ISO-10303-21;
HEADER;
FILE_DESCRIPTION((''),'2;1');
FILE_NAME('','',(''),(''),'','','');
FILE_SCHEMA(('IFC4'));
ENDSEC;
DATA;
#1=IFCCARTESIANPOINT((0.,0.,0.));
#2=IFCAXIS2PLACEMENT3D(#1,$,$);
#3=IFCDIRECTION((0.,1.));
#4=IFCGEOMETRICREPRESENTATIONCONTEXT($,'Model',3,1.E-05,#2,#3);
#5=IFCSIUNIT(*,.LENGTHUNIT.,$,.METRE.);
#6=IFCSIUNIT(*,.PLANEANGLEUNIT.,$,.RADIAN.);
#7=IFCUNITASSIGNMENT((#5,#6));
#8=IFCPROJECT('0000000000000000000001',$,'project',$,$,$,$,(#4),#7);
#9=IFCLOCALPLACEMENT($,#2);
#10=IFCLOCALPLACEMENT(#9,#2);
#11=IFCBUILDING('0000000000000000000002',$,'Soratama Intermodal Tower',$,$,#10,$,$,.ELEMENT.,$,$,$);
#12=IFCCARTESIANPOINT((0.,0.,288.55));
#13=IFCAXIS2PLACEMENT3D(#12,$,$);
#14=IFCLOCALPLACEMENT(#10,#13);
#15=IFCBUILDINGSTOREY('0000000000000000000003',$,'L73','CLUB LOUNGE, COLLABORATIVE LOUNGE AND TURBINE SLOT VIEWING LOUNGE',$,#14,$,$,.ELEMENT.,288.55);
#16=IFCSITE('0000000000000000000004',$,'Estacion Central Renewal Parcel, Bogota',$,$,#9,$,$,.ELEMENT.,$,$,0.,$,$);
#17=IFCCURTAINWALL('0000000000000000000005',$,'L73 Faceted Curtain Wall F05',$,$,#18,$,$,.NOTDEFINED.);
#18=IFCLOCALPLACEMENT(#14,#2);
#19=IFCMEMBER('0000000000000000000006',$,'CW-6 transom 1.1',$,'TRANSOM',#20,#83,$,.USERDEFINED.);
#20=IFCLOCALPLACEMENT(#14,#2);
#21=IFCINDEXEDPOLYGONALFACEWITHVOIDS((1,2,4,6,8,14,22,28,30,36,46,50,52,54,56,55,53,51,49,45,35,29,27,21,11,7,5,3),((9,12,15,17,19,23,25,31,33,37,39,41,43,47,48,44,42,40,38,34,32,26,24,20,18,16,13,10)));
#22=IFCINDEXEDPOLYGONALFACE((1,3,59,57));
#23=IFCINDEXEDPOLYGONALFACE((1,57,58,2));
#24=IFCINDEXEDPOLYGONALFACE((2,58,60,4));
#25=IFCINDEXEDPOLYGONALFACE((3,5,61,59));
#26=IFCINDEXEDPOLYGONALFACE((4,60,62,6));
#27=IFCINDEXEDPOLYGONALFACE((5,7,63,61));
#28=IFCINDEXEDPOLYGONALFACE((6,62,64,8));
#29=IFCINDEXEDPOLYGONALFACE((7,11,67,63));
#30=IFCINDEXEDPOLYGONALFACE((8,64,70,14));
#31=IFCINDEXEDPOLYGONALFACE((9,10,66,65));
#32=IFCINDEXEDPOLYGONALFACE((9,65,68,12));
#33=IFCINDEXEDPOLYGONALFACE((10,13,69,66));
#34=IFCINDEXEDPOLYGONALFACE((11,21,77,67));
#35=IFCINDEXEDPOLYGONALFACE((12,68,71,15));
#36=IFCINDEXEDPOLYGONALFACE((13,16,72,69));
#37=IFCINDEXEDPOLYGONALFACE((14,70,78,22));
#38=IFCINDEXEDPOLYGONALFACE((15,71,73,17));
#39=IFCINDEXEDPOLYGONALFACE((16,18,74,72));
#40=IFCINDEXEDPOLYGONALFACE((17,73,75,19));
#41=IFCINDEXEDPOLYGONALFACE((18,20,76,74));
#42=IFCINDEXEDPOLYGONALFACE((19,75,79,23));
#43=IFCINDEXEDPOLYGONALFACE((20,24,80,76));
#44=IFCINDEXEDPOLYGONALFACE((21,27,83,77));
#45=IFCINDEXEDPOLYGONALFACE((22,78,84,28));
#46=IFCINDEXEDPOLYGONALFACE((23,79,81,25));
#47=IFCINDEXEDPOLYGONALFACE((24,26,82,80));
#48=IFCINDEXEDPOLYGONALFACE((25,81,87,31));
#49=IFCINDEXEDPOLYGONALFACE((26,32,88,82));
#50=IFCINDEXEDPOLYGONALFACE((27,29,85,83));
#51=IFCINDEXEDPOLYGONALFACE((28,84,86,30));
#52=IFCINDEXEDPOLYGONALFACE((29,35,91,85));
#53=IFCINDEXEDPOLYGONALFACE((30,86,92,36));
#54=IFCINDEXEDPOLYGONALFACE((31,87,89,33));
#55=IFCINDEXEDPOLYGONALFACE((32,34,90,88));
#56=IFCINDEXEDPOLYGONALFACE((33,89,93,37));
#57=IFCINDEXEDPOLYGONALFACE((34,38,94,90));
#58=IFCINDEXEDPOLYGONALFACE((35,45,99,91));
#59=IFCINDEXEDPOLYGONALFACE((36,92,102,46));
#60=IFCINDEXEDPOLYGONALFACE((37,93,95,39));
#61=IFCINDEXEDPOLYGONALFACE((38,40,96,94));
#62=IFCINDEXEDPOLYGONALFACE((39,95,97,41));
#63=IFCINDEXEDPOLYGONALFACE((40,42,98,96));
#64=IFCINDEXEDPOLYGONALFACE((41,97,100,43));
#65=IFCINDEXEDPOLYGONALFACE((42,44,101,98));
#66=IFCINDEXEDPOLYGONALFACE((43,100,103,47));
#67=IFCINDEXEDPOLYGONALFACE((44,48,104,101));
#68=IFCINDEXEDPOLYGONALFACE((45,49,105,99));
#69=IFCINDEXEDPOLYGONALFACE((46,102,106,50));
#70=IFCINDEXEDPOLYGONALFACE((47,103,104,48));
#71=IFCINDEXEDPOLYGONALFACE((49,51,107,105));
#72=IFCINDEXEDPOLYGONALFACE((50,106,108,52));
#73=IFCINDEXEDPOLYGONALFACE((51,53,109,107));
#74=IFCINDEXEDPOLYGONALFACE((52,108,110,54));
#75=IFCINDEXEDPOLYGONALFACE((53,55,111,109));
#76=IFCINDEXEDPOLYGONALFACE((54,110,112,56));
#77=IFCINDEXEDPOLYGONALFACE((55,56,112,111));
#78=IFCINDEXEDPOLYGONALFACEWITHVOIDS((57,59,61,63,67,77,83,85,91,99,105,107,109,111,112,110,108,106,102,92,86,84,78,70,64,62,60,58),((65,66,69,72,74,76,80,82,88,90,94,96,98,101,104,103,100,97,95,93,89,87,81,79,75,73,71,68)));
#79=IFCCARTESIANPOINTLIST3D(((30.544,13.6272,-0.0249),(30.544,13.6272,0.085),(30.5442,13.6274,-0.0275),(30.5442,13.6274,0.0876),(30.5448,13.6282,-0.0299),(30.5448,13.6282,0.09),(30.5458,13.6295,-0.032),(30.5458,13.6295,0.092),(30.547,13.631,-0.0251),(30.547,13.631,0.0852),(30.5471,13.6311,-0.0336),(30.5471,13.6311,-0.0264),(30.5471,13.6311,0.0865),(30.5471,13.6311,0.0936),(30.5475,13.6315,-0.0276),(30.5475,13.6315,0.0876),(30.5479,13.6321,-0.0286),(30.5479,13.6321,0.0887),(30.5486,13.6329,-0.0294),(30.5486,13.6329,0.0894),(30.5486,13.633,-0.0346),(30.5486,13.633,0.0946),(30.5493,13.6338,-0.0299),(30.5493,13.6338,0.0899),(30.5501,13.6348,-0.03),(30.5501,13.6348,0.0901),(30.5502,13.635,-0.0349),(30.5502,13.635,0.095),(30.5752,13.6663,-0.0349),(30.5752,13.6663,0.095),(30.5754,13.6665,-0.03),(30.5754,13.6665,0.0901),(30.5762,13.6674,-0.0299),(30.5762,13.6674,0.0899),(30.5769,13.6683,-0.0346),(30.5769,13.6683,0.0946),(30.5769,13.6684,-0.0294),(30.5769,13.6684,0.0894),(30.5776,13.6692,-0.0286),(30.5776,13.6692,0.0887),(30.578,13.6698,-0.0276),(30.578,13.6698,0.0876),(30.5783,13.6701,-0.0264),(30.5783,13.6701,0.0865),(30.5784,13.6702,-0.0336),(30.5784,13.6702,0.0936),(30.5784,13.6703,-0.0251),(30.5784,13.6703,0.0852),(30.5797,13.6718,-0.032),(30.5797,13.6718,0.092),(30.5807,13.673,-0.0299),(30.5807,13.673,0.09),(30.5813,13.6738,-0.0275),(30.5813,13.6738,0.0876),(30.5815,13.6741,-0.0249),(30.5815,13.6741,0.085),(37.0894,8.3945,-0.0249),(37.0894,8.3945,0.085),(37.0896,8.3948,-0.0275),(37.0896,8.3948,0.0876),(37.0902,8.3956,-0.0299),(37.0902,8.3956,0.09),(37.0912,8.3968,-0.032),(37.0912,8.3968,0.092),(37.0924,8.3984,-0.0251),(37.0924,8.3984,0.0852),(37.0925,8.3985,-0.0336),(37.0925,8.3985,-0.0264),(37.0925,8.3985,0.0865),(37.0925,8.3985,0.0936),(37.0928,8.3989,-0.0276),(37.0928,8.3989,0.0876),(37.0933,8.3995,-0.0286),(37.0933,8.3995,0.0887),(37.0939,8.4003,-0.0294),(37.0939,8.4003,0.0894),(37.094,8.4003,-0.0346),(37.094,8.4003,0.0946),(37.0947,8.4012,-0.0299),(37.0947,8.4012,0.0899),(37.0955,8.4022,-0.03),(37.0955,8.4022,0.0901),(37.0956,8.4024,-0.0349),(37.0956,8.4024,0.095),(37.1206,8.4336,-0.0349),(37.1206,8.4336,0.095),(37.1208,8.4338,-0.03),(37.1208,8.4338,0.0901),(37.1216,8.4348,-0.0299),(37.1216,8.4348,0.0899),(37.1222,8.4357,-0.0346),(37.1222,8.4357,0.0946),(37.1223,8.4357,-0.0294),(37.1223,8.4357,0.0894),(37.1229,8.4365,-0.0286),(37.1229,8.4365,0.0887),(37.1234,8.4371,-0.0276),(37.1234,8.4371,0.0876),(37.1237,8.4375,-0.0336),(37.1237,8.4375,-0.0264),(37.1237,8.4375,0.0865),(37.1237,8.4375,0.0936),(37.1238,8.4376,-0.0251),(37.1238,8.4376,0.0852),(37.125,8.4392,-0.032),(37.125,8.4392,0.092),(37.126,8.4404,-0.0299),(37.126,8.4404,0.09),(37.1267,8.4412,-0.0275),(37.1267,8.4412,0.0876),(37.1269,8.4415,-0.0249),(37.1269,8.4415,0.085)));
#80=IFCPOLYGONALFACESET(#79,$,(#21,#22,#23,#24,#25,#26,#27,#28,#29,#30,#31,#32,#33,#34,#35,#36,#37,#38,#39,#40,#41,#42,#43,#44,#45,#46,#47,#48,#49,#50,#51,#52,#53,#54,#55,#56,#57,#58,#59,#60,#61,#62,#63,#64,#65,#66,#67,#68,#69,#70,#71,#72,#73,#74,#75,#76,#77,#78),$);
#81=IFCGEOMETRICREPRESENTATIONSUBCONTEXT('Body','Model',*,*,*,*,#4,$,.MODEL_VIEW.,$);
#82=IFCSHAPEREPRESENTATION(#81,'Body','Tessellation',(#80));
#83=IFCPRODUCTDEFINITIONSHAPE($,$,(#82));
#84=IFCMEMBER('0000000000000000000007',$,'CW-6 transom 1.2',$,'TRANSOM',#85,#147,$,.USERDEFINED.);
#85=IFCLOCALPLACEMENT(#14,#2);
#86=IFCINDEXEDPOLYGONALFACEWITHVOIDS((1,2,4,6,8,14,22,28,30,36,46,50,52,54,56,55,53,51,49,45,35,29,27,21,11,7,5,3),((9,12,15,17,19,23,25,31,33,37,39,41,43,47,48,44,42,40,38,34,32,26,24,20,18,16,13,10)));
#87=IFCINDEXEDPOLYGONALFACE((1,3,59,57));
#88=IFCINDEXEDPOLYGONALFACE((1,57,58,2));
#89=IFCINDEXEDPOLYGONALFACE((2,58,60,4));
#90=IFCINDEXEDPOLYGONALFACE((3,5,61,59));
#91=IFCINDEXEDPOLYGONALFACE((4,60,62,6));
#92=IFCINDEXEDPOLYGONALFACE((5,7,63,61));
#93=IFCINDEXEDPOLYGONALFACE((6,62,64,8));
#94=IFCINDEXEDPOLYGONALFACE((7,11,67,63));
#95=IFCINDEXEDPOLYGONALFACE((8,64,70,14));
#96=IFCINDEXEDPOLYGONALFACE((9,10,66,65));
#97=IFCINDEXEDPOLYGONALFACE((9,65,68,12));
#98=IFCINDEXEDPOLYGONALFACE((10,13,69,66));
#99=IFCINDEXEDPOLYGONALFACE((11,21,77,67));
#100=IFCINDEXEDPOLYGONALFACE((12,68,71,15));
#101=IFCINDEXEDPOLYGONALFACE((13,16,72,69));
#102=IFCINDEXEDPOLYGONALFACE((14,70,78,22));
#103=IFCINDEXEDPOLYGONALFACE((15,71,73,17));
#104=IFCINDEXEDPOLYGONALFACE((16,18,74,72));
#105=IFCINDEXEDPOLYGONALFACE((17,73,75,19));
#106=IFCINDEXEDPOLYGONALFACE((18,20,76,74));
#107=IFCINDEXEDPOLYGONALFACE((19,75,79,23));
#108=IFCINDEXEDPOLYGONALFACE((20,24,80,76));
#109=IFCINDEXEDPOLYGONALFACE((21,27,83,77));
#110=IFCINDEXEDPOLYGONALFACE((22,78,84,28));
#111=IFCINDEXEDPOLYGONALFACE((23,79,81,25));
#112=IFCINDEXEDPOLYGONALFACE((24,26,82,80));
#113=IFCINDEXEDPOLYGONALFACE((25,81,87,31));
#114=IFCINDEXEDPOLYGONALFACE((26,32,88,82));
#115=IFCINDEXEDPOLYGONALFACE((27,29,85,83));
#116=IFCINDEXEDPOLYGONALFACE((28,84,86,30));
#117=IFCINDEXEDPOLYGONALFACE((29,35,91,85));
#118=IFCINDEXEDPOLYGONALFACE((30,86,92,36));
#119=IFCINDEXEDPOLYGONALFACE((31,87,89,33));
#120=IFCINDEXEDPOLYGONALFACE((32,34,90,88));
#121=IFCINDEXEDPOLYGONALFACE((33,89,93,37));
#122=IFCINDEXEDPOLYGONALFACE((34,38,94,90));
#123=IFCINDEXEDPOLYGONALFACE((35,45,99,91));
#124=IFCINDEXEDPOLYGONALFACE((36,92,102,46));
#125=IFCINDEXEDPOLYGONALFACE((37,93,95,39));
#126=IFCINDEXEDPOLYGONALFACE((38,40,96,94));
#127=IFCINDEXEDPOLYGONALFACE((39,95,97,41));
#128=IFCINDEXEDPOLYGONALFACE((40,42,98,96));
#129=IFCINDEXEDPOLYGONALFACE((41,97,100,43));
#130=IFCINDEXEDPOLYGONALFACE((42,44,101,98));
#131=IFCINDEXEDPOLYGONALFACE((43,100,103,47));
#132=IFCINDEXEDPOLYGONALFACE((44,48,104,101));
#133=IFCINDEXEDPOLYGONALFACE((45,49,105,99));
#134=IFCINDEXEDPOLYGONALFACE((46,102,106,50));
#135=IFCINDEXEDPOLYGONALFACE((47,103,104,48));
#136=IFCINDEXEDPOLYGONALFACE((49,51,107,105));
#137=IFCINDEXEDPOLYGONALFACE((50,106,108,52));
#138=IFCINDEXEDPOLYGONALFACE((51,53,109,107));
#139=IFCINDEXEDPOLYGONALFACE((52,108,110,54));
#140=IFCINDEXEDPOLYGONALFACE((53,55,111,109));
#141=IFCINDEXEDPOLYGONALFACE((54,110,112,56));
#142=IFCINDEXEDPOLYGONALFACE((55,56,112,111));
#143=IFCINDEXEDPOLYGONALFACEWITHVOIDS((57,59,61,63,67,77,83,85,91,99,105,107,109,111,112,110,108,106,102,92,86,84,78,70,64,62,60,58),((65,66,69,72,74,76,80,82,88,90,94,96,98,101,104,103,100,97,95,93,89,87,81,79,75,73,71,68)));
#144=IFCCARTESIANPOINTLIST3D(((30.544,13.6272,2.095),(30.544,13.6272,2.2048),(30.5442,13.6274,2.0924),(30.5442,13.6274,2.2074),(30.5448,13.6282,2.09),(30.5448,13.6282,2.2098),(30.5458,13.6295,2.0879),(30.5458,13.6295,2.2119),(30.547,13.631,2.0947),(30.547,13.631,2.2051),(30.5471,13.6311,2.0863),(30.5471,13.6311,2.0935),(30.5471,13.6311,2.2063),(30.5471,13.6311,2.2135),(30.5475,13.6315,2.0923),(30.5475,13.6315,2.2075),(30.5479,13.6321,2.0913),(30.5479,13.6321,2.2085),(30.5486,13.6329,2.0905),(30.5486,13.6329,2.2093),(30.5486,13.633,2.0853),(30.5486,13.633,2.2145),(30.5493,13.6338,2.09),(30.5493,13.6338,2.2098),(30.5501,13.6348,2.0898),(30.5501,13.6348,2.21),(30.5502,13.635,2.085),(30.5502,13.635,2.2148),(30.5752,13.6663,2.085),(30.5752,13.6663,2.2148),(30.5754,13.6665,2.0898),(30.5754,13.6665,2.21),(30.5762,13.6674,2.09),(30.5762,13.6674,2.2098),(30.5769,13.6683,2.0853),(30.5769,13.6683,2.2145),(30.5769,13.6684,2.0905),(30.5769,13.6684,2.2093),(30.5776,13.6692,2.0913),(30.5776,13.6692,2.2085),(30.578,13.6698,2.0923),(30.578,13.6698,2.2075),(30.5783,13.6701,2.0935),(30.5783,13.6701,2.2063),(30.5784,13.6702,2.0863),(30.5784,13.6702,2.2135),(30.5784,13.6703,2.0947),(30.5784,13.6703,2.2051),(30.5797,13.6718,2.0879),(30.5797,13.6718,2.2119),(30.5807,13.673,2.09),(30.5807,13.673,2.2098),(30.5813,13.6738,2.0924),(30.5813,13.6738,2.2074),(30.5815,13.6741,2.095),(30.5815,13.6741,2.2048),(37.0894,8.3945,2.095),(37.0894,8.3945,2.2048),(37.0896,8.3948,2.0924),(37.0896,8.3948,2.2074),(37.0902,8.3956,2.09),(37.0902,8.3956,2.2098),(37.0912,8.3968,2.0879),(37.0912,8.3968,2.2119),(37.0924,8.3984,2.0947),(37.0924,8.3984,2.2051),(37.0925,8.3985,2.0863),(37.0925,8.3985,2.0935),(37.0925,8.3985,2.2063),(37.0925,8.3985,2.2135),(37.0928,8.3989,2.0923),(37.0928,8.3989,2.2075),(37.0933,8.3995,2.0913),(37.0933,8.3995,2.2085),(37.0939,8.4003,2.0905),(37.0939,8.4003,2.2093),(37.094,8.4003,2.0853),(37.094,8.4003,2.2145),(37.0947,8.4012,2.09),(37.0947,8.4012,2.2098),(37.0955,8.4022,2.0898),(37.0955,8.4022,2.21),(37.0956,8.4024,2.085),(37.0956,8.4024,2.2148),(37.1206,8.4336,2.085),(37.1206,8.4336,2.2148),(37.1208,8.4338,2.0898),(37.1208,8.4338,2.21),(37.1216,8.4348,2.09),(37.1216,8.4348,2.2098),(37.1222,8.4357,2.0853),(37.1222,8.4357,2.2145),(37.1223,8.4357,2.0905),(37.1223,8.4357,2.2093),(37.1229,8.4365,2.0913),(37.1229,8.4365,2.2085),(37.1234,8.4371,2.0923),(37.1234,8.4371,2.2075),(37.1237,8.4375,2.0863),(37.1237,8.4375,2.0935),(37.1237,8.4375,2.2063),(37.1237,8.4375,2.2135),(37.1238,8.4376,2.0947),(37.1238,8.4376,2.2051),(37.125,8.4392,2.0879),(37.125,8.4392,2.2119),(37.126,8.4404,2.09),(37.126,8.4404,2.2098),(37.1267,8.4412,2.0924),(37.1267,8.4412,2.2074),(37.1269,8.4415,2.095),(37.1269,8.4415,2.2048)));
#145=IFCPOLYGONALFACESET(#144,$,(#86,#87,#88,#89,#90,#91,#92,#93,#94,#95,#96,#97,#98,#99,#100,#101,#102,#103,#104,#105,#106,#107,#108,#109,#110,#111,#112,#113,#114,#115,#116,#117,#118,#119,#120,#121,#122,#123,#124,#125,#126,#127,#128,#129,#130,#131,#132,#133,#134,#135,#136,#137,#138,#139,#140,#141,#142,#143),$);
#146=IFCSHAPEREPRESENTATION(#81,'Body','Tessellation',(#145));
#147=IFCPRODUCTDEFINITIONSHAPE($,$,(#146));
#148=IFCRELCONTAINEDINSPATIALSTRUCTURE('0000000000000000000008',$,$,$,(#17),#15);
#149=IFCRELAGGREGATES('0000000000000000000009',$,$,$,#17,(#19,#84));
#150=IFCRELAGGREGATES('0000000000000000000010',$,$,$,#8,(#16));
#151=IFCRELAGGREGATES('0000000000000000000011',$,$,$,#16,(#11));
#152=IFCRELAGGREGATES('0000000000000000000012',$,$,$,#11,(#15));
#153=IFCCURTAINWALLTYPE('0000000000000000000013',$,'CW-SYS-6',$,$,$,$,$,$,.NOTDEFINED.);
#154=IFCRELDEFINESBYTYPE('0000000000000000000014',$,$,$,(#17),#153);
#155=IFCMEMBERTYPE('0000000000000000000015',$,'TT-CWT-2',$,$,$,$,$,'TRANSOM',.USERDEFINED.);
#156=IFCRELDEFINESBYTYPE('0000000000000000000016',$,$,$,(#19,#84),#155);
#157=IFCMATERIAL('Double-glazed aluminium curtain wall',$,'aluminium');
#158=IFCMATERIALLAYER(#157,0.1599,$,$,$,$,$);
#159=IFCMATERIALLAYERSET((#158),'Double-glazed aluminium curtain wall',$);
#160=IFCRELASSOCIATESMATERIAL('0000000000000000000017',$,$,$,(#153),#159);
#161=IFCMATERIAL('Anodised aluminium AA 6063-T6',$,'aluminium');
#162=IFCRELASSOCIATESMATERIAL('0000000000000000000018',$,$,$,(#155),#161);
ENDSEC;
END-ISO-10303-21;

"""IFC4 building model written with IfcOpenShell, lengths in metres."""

from ifc_helpers import new_model, si_unit, direction, frame, origin, origin_2d, place, context, subcontext, project, spatial, hollow_rectangle, extrude, material, layer, layer_set, material_profile, profile_set, type_object, element, aggregate, save


model = new_model("IFC4")

# Units and contexts
model_context = context("Model", 3, precision=1e-05, world=origin(), true_north=direction((0.0, 1.0)))
body_context = subcontext(model_context, "Body", "Model", "MODEL_VIEW")
ifc_project = project(units=[si_unit("LENGTHUNIT", "METRE"), si_unit("PLANEANGLEUNIT", "RADIAN")], contexts=[model_context])

# Site, building, storey
site_placement = place(None, origin())
site = spatial("IfcSite", under=ifc_project, at=site_placement, Name="Estacion Central Renewal Parcel, Bogota", CompositionType="ELEMENT", RefElevation=0.0)
building_placement = place(site_placement, origin())
building = spatial("IfcBuilding", under=site, at=building_placement, Name="Soratama Intermodal Tower", CompositionType="ELEMENT")
storey_placement = place(building_placement, frame((0.0, 0.0, 288.55)))
storey = spatial("IfcBuildingStorey", under=building, at=storey_placement, Name="L73", Description="CLUB LOUNGE, COLLABORATIVE LOUNGE AND TURBINE SLOT VIEWING LOUNGE", CompositionType="ELEMENT", Elevation=288.55)

# Curtain wall, members
ifc_material_1 = material(Name="Double-glazed aluminium curtain wall", Category="aluminium")
ifc_layer_1 = layer(ifc_material_1, 0.1599)
ifc_layer_set_1 = layer_set([ifc_layer_1], Name="Double-glazed aluminium curtain wall")
curtain_wall_type = type_object("IfcCurtainWallType", Name="CW-SYS-6", PredefinedType="NOTDEFINED", material=ifc_layer_set_1)
curtain_wall_placement = place(storey_placement, origin())
curtain_wall = element("IfcCurtainWall", 1, at=curtain_wall_placement, inside=storey, type_object=curtain_wall_type, Name="L73 Faceted Curtain Wall F05", PredefinedType="NOTDEFINED")
ifc_material_2 = material(Name="Anodised aluminium AA 6063-T6", Category="aluminium")
ifc_material_profile_1 = material_profile(ifc_material_2, hollow_rectangle(XDim=0.0601, YDim=0.1299, WallThickness=0.0049, InnerFilletRadius=0.0049, OuterFilletRadius=0.01, at=origin_2d()), Name="CWT130X60X5")
ifc_profile_set_1 = profile_set([ifc_material_profile_1], Name="Anodised aluminium AA 6063-T6")
member_type = type_object("IfcMemberType", Name="TT-CWT-2", ElementType="TRANSOM", PredefinedType="USERDEFINED", material=ifc_profile_set_1)
member_1_placement = place(storey_placement, frame((30.5627, 13.6506, 0.03), z_axis=(0.781082, -0.624429, 0.0), x_axis=(0.624429, 0.781082, 0.0)))
member_1 = element("IfcMember", 2, at=member_1_placement, type_object=member_type, Name="CW-6 transom 1.1", ObjectType="TRANSOM", PredefinedType="USERDEFINED", context=body_context, shape_type="SweptSolid", body=[
    extrude(hollow_rectangle(XDim=0.0601, YDim=0.1299, WallThickness=0.0049, InnerFilletRadius=0.0049, OuterFilletRadius=0.01, at=origin_2d()), origin(), (0.0, 0.0, 1.0), 8.3799),
])
member_2_placement = place(storey_placement, frame((30.5627, 13.6506, 2.1499), z_axis=(0.781082, -0.624429, 0.0), x_axis=(0.624429, 0.781082, 0.0)))
member_2 = element("IfcMember", 3, at=member_2_placement, type_object=member_type, Name="CW-6 transom 1.2", ObjectType="TRANSOM", PredefinedType="USERDEFINED", context=body_context, shape_type="SweptSolid", body=[
    extrude(hollow_rectangle(XDim=0.0601, YDim=0.1299, WallThickness=0.0049, InnerFilletRadius=0.0049, OuterFilletRadius=0.01, at=origin_2d()), origin(), (0.0, 0.0, 1.0), 8.3799),
])

aggregate(curtain_wall, [member_1, member_2])

save(model, "model.ifc")
